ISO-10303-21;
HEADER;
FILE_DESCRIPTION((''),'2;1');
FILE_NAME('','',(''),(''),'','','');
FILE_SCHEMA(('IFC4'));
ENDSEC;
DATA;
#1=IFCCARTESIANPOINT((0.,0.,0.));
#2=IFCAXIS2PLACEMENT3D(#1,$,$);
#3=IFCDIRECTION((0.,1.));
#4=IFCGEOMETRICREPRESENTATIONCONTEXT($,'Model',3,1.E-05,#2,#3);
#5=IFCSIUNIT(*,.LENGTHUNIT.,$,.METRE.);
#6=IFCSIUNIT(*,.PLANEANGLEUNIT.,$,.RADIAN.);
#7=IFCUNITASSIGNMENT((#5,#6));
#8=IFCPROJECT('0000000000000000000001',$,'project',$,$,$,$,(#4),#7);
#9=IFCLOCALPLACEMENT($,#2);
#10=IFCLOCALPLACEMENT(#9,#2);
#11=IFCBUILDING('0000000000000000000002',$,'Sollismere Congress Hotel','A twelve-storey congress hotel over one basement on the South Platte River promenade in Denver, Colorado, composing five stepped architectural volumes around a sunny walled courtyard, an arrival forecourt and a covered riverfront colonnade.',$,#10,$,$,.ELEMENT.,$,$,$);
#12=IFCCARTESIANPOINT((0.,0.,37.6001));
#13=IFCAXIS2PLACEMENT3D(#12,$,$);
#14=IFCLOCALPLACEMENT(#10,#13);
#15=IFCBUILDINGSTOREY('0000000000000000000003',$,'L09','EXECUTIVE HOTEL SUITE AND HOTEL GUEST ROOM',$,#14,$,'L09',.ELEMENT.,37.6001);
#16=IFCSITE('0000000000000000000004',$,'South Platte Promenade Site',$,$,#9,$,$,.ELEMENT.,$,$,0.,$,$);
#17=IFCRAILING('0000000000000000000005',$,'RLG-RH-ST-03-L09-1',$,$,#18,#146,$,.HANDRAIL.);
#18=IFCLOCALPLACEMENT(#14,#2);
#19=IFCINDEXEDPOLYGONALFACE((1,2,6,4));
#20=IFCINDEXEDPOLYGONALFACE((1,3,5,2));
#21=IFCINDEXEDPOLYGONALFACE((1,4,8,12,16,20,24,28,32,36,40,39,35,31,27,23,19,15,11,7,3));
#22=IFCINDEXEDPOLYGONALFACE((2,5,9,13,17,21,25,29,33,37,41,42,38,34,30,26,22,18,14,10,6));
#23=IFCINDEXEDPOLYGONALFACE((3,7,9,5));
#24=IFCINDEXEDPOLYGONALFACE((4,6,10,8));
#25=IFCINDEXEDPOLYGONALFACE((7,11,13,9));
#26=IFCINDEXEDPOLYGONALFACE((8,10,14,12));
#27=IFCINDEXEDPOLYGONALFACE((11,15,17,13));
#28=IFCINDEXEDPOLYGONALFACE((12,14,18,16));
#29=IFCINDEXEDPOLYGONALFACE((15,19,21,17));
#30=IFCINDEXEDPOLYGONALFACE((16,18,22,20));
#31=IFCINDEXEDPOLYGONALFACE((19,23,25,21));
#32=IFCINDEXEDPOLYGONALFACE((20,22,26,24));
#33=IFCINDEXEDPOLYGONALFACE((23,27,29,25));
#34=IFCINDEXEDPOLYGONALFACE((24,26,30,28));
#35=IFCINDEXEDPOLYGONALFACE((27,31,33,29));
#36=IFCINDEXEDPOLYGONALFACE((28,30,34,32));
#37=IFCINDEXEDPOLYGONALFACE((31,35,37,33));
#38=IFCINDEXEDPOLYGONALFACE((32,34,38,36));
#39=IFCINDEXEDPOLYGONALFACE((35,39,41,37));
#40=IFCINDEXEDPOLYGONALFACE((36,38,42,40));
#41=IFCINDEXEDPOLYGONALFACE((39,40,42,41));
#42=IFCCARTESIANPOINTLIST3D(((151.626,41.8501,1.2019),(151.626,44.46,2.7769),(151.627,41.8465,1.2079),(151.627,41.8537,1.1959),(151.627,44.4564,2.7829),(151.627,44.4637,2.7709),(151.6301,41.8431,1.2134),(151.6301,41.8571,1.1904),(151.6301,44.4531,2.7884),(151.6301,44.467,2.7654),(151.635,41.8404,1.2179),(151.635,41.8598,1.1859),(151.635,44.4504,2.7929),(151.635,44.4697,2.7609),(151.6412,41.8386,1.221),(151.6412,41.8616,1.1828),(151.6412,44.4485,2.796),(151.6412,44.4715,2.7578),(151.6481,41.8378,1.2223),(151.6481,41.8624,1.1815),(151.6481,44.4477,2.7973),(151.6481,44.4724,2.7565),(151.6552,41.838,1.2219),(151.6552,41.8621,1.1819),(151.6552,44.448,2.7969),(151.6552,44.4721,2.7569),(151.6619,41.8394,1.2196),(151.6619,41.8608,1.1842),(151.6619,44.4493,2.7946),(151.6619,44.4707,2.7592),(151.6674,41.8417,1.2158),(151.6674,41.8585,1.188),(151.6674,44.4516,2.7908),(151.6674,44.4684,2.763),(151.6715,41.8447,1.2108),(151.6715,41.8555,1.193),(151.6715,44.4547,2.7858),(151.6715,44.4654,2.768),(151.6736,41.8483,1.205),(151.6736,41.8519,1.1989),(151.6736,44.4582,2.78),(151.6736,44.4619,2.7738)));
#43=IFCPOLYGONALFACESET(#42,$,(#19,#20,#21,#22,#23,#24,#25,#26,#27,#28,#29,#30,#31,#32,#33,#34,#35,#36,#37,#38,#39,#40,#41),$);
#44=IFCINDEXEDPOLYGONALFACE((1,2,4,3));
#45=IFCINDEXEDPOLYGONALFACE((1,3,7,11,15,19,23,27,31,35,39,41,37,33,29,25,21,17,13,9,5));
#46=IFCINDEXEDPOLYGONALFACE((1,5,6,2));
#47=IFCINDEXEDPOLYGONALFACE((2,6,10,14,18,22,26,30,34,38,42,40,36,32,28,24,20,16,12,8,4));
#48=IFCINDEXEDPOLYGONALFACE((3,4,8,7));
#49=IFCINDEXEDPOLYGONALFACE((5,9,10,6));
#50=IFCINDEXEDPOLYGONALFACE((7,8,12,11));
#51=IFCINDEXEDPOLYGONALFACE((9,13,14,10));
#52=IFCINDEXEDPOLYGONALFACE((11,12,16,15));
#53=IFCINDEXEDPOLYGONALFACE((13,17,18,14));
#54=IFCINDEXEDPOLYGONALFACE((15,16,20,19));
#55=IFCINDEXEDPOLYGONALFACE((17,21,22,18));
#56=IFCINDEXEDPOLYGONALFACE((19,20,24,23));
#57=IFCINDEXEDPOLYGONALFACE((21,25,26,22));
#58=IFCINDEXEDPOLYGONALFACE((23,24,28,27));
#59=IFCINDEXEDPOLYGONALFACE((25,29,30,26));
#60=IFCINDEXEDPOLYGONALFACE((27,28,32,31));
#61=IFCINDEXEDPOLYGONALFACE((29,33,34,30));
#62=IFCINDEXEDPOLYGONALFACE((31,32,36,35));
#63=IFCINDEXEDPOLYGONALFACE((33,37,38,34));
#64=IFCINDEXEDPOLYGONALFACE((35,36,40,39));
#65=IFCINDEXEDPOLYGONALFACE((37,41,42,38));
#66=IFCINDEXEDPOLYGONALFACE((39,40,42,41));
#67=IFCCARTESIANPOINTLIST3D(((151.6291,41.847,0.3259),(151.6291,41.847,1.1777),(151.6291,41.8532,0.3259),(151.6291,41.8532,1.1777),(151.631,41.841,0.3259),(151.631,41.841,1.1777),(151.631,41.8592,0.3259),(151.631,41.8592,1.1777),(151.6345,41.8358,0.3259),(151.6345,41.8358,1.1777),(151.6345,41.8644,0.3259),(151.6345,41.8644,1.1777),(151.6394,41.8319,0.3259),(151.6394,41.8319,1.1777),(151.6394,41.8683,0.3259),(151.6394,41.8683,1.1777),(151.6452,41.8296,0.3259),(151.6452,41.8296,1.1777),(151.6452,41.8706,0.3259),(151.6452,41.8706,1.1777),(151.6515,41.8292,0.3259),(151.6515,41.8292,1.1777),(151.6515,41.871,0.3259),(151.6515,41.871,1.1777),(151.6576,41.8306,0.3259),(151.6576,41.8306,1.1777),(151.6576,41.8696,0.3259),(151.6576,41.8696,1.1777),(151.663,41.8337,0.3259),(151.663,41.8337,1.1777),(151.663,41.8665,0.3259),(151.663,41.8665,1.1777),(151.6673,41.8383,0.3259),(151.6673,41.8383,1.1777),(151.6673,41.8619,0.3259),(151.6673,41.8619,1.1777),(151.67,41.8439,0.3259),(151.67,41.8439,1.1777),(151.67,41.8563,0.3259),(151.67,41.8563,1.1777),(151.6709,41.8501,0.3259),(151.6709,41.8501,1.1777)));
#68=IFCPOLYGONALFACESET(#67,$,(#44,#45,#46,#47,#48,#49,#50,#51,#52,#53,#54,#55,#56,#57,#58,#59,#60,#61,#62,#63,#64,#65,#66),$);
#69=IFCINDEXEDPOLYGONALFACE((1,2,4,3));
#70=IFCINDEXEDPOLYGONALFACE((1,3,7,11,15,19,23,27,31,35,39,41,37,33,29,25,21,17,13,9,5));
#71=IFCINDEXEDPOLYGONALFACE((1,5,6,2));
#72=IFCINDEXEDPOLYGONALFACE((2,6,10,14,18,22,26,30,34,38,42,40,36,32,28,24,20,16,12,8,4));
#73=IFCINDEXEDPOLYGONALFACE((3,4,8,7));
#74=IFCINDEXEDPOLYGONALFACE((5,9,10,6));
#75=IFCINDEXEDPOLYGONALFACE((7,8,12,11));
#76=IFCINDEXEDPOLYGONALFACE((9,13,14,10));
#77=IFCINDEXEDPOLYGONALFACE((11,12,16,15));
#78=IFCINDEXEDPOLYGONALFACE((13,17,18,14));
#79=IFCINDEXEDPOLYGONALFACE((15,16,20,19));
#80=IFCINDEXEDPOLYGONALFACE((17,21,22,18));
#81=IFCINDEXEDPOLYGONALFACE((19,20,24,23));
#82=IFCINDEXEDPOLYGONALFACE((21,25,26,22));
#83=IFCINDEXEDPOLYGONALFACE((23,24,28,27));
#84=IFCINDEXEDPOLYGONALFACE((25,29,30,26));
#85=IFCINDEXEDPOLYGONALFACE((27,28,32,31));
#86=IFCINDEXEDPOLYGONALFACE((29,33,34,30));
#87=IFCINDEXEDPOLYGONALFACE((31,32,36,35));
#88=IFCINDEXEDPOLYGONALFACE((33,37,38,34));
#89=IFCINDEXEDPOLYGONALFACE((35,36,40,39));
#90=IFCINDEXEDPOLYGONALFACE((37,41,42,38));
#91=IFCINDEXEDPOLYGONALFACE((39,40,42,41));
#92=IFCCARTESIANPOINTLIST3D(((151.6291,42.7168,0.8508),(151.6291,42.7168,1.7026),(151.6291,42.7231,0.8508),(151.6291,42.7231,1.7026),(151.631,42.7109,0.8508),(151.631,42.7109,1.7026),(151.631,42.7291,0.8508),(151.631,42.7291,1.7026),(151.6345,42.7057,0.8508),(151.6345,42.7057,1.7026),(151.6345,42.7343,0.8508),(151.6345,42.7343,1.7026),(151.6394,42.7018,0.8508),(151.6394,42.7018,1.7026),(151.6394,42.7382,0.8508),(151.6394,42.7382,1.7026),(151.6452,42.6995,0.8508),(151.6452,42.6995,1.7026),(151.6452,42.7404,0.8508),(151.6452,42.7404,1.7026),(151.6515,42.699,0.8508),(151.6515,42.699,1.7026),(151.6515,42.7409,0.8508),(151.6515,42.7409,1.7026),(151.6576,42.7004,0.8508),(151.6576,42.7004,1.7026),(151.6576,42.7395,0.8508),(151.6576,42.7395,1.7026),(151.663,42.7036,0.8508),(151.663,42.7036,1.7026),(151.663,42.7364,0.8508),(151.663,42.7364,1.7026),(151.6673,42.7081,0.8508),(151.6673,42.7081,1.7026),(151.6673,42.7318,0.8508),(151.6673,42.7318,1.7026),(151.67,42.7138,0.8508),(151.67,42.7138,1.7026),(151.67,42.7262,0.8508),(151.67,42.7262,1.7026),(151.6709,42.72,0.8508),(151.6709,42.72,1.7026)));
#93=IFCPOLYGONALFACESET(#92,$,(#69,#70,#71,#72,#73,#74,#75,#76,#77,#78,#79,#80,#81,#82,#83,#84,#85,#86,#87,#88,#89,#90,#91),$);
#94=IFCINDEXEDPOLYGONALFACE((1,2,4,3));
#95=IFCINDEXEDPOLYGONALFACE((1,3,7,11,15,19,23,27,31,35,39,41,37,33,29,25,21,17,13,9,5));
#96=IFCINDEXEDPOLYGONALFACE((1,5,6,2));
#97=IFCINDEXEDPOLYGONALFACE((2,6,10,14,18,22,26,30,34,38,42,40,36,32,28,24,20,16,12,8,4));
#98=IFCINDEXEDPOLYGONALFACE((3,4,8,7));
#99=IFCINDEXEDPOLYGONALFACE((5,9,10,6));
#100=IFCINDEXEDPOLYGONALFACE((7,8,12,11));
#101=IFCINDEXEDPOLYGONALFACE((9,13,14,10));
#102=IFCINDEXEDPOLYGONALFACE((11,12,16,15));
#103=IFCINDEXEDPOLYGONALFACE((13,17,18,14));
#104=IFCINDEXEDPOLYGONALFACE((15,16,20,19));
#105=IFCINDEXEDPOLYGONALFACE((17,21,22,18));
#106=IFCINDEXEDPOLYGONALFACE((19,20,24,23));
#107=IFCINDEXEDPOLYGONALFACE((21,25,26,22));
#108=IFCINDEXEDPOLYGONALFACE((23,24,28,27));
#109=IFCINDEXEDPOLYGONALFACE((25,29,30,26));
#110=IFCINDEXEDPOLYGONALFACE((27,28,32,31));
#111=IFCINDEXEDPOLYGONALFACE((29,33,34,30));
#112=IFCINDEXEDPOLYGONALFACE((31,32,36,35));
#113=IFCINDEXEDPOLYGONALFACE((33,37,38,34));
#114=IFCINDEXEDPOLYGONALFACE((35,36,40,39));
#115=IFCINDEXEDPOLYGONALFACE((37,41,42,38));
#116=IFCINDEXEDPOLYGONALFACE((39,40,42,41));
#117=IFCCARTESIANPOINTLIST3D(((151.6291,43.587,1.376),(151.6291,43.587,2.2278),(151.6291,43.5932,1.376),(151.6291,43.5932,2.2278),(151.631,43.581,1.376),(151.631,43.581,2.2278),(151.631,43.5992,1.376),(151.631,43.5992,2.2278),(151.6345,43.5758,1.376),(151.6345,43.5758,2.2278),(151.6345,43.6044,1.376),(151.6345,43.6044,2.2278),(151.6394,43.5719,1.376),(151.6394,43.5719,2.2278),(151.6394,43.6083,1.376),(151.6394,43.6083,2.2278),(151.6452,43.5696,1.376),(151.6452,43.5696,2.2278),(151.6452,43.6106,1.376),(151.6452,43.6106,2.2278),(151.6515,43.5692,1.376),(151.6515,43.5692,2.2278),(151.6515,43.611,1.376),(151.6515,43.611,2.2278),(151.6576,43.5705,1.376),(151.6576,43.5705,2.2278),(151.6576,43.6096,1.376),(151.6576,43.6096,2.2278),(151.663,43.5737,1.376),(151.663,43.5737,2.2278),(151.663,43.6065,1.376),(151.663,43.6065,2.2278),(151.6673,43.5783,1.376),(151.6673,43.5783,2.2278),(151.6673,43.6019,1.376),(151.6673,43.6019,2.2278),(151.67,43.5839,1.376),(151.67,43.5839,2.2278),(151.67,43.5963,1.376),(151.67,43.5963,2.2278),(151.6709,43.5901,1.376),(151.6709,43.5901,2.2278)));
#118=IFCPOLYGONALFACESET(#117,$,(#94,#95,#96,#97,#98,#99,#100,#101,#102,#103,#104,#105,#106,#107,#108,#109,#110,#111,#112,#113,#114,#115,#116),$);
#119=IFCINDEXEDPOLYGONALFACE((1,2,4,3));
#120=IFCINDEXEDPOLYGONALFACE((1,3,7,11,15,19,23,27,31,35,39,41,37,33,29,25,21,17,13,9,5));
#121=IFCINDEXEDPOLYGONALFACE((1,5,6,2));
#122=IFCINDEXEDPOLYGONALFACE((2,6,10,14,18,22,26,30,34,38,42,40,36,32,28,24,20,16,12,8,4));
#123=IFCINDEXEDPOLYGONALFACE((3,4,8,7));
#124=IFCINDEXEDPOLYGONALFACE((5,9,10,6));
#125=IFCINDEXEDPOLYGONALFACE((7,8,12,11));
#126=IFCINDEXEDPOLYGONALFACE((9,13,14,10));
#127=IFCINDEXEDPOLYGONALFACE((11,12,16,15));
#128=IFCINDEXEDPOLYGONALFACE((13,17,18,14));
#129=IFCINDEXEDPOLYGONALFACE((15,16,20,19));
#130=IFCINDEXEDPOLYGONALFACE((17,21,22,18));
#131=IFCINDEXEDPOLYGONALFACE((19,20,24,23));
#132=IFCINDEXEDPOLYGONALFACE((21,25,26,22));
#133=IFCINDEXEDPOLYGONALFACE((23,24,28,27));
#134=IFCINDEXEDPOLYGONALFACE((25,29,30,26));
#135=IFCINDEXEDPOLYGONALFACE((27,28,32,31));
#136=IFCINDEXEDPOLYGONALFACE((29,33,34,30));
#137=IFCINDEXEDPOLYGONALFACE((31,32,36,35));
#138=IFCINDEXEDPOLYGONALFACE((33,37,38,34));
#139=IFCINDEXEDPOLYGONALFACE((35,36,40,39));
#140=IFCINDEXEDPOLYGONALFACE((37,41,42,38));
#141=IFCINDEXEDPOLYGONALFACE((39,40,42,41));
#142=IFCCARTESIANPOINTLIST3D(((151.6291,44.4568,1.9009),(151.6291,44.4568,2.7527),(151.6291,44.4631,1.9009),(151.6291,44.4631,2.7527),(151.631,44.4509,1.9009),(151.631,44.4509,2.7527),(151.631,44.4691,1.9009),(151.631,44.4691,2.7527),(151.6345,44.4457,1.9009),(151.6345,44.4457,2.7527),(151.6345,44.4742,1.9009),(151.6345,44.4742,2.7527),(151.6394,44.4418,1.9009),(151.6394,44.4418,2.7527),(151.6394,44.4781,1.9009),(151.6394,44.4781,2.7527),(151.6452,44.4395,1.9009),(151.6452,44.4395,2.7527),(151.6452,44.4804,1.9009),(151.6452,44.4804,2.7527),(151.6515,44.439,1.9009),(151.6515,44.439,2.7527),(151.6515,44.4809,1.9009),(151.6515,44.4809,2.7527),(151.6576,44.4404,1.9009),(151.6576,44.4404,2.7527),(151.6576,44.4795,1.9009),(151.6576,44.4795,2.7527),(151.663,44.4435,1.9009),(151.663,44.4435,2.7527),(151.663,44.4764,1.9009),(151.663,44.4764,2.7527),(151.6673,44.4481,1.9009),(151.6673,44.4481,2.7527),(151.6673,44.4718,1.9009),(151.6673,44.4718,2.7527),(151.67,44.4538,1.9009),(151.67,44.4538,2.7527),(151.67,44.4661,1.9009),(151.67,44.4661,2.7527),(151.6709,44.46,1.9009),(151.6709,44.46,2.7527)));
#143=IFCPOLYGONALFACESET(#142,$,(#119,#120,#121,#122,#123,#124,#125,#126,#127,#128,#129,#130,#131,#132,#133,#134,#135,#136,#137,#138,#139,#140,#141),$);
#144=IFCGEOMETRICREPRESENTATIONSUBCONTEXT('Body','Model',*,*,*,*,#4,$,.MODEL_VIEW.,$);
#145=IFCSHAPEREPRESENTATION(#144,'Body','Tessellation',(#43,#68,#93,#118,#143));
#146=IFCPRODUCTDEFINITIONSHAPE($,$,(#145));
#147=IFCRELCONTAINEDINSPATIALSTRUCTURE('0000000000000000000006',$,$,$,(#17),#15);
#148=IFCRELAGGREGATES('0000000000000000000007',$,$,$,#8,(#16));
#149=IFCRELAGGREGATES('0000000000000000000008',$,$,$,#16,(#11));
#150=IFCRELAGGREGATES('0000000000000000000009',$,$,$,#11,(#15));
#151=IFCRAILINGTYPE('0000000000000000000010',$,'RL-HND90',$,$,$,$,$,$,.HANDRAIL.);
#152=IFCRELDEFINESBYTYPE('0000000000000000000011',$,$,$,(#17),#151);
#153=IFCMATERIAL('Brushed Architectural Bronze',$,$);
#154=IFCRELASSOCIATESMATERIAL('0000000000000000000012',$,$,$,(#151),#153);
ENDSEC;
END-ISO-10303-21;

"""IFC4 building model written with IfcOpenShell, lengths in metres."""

from ifc_helpers import new_model, si_unit, direction, frame, origin, origin_2d, place, context, subcontext, project, spatial, circle, extrude, material, type_object, element, save


model = new_model("IFC4")

# Units and contexts
model_context = context("Model", 3, precision=1e-05, world=origin(), true_north=direction((0.0, 1.0)))
body_context = subcontext(model_context, "Body", "Model", "MODEL_VIEW")
ifc_project = project(units=[si_unit("LENGTHUNIT", "METRE"), si_unit("PLANEANGLEUNIT", "RADIAN")], contexts=[model_context])

# Site, building, storey
site_placement = place(None, origin())
site = spatial("IfcSite", under=ifc_project, at=site_placement, Name="South Platte Promenade Site", CompositionType="ELEMENT", RefElevation=0.0)
building_placement = place(site_placement, origin())
building = spatial("IfcBuilding", under=site, at=building_placement, Name="Sollismere Congress Hotel", Description="A twelve-storey congress hotel over one basement on the South Platte River promenade in Denver, Colorado, composing five stepped architectural volumes around a sunny walled courtyard, an arrival forecourt and a covered riverfront colonnade.", CompositionType="ELEMENT")
storey_placement = place(building_placement, frame((0.0, 0.0, 37.6001)))
storey = spatial("IfcBuildingStorey", under=building, at=storey_placement, Name="L09", Description="EXECUTIVE HOTEL SUITE AND HOTEL GUEST ROOM", LongName="L09", CompositionType="ELEMENT", Elevation=37.6001)

# Railing
ifc_material_1 = material(Name="Brushed Architectural Bronze")
railing_type_1 = type_object("IfcRailingType", Name="RL-HND90", PredefinedType="HANDRAIL", material=ifc_material_1)
railing_1_placement = place(storey_placement, frame((151.6499, 41.8501, 0.3259)))
element("IfcRailing", 1, at=railing_1_placement, inside=storey, type_object=railing_type_1, Name="RLG-RH-ST-03-L09-1", PredefinedType="HANDRAIL", context=body_context, shape_type="SweptSolid", body=[
    extrude(circle(Radius=0.0239, at=origin_2d()), frame((0.0, 0.0, 0.876), z_axis=(0.0, 0.856183, 0.516673), x_axis=(-1.0, 0.0, 0.0)), (0.0, 0.0, 1.0), 3.0483),
    extrude(circle(Radius=0.021, at=origin_2d()), origin(), (0.0, 0.0, 1.0), 0.8518),
    extrude(circle(Radius=0.021, at=origin_2d()), frame((0.0, 0.8699, 0.5249)), (0.0, 0.0, 1.0), 0.8518),
    extrude(circle(Radius=0.021, at=origin_2d()), frame((0.0, 1.74, 1.05)), (0.0, 0.0, 1.0), 0.8518),
    extrude(circle(Radius=0.021, at=origin_2d()), frame((0.0, 2.6099, 1.575)), (0.0, 0.0, 1.0), 0.8518),
])

save(model, "model.ifc")
